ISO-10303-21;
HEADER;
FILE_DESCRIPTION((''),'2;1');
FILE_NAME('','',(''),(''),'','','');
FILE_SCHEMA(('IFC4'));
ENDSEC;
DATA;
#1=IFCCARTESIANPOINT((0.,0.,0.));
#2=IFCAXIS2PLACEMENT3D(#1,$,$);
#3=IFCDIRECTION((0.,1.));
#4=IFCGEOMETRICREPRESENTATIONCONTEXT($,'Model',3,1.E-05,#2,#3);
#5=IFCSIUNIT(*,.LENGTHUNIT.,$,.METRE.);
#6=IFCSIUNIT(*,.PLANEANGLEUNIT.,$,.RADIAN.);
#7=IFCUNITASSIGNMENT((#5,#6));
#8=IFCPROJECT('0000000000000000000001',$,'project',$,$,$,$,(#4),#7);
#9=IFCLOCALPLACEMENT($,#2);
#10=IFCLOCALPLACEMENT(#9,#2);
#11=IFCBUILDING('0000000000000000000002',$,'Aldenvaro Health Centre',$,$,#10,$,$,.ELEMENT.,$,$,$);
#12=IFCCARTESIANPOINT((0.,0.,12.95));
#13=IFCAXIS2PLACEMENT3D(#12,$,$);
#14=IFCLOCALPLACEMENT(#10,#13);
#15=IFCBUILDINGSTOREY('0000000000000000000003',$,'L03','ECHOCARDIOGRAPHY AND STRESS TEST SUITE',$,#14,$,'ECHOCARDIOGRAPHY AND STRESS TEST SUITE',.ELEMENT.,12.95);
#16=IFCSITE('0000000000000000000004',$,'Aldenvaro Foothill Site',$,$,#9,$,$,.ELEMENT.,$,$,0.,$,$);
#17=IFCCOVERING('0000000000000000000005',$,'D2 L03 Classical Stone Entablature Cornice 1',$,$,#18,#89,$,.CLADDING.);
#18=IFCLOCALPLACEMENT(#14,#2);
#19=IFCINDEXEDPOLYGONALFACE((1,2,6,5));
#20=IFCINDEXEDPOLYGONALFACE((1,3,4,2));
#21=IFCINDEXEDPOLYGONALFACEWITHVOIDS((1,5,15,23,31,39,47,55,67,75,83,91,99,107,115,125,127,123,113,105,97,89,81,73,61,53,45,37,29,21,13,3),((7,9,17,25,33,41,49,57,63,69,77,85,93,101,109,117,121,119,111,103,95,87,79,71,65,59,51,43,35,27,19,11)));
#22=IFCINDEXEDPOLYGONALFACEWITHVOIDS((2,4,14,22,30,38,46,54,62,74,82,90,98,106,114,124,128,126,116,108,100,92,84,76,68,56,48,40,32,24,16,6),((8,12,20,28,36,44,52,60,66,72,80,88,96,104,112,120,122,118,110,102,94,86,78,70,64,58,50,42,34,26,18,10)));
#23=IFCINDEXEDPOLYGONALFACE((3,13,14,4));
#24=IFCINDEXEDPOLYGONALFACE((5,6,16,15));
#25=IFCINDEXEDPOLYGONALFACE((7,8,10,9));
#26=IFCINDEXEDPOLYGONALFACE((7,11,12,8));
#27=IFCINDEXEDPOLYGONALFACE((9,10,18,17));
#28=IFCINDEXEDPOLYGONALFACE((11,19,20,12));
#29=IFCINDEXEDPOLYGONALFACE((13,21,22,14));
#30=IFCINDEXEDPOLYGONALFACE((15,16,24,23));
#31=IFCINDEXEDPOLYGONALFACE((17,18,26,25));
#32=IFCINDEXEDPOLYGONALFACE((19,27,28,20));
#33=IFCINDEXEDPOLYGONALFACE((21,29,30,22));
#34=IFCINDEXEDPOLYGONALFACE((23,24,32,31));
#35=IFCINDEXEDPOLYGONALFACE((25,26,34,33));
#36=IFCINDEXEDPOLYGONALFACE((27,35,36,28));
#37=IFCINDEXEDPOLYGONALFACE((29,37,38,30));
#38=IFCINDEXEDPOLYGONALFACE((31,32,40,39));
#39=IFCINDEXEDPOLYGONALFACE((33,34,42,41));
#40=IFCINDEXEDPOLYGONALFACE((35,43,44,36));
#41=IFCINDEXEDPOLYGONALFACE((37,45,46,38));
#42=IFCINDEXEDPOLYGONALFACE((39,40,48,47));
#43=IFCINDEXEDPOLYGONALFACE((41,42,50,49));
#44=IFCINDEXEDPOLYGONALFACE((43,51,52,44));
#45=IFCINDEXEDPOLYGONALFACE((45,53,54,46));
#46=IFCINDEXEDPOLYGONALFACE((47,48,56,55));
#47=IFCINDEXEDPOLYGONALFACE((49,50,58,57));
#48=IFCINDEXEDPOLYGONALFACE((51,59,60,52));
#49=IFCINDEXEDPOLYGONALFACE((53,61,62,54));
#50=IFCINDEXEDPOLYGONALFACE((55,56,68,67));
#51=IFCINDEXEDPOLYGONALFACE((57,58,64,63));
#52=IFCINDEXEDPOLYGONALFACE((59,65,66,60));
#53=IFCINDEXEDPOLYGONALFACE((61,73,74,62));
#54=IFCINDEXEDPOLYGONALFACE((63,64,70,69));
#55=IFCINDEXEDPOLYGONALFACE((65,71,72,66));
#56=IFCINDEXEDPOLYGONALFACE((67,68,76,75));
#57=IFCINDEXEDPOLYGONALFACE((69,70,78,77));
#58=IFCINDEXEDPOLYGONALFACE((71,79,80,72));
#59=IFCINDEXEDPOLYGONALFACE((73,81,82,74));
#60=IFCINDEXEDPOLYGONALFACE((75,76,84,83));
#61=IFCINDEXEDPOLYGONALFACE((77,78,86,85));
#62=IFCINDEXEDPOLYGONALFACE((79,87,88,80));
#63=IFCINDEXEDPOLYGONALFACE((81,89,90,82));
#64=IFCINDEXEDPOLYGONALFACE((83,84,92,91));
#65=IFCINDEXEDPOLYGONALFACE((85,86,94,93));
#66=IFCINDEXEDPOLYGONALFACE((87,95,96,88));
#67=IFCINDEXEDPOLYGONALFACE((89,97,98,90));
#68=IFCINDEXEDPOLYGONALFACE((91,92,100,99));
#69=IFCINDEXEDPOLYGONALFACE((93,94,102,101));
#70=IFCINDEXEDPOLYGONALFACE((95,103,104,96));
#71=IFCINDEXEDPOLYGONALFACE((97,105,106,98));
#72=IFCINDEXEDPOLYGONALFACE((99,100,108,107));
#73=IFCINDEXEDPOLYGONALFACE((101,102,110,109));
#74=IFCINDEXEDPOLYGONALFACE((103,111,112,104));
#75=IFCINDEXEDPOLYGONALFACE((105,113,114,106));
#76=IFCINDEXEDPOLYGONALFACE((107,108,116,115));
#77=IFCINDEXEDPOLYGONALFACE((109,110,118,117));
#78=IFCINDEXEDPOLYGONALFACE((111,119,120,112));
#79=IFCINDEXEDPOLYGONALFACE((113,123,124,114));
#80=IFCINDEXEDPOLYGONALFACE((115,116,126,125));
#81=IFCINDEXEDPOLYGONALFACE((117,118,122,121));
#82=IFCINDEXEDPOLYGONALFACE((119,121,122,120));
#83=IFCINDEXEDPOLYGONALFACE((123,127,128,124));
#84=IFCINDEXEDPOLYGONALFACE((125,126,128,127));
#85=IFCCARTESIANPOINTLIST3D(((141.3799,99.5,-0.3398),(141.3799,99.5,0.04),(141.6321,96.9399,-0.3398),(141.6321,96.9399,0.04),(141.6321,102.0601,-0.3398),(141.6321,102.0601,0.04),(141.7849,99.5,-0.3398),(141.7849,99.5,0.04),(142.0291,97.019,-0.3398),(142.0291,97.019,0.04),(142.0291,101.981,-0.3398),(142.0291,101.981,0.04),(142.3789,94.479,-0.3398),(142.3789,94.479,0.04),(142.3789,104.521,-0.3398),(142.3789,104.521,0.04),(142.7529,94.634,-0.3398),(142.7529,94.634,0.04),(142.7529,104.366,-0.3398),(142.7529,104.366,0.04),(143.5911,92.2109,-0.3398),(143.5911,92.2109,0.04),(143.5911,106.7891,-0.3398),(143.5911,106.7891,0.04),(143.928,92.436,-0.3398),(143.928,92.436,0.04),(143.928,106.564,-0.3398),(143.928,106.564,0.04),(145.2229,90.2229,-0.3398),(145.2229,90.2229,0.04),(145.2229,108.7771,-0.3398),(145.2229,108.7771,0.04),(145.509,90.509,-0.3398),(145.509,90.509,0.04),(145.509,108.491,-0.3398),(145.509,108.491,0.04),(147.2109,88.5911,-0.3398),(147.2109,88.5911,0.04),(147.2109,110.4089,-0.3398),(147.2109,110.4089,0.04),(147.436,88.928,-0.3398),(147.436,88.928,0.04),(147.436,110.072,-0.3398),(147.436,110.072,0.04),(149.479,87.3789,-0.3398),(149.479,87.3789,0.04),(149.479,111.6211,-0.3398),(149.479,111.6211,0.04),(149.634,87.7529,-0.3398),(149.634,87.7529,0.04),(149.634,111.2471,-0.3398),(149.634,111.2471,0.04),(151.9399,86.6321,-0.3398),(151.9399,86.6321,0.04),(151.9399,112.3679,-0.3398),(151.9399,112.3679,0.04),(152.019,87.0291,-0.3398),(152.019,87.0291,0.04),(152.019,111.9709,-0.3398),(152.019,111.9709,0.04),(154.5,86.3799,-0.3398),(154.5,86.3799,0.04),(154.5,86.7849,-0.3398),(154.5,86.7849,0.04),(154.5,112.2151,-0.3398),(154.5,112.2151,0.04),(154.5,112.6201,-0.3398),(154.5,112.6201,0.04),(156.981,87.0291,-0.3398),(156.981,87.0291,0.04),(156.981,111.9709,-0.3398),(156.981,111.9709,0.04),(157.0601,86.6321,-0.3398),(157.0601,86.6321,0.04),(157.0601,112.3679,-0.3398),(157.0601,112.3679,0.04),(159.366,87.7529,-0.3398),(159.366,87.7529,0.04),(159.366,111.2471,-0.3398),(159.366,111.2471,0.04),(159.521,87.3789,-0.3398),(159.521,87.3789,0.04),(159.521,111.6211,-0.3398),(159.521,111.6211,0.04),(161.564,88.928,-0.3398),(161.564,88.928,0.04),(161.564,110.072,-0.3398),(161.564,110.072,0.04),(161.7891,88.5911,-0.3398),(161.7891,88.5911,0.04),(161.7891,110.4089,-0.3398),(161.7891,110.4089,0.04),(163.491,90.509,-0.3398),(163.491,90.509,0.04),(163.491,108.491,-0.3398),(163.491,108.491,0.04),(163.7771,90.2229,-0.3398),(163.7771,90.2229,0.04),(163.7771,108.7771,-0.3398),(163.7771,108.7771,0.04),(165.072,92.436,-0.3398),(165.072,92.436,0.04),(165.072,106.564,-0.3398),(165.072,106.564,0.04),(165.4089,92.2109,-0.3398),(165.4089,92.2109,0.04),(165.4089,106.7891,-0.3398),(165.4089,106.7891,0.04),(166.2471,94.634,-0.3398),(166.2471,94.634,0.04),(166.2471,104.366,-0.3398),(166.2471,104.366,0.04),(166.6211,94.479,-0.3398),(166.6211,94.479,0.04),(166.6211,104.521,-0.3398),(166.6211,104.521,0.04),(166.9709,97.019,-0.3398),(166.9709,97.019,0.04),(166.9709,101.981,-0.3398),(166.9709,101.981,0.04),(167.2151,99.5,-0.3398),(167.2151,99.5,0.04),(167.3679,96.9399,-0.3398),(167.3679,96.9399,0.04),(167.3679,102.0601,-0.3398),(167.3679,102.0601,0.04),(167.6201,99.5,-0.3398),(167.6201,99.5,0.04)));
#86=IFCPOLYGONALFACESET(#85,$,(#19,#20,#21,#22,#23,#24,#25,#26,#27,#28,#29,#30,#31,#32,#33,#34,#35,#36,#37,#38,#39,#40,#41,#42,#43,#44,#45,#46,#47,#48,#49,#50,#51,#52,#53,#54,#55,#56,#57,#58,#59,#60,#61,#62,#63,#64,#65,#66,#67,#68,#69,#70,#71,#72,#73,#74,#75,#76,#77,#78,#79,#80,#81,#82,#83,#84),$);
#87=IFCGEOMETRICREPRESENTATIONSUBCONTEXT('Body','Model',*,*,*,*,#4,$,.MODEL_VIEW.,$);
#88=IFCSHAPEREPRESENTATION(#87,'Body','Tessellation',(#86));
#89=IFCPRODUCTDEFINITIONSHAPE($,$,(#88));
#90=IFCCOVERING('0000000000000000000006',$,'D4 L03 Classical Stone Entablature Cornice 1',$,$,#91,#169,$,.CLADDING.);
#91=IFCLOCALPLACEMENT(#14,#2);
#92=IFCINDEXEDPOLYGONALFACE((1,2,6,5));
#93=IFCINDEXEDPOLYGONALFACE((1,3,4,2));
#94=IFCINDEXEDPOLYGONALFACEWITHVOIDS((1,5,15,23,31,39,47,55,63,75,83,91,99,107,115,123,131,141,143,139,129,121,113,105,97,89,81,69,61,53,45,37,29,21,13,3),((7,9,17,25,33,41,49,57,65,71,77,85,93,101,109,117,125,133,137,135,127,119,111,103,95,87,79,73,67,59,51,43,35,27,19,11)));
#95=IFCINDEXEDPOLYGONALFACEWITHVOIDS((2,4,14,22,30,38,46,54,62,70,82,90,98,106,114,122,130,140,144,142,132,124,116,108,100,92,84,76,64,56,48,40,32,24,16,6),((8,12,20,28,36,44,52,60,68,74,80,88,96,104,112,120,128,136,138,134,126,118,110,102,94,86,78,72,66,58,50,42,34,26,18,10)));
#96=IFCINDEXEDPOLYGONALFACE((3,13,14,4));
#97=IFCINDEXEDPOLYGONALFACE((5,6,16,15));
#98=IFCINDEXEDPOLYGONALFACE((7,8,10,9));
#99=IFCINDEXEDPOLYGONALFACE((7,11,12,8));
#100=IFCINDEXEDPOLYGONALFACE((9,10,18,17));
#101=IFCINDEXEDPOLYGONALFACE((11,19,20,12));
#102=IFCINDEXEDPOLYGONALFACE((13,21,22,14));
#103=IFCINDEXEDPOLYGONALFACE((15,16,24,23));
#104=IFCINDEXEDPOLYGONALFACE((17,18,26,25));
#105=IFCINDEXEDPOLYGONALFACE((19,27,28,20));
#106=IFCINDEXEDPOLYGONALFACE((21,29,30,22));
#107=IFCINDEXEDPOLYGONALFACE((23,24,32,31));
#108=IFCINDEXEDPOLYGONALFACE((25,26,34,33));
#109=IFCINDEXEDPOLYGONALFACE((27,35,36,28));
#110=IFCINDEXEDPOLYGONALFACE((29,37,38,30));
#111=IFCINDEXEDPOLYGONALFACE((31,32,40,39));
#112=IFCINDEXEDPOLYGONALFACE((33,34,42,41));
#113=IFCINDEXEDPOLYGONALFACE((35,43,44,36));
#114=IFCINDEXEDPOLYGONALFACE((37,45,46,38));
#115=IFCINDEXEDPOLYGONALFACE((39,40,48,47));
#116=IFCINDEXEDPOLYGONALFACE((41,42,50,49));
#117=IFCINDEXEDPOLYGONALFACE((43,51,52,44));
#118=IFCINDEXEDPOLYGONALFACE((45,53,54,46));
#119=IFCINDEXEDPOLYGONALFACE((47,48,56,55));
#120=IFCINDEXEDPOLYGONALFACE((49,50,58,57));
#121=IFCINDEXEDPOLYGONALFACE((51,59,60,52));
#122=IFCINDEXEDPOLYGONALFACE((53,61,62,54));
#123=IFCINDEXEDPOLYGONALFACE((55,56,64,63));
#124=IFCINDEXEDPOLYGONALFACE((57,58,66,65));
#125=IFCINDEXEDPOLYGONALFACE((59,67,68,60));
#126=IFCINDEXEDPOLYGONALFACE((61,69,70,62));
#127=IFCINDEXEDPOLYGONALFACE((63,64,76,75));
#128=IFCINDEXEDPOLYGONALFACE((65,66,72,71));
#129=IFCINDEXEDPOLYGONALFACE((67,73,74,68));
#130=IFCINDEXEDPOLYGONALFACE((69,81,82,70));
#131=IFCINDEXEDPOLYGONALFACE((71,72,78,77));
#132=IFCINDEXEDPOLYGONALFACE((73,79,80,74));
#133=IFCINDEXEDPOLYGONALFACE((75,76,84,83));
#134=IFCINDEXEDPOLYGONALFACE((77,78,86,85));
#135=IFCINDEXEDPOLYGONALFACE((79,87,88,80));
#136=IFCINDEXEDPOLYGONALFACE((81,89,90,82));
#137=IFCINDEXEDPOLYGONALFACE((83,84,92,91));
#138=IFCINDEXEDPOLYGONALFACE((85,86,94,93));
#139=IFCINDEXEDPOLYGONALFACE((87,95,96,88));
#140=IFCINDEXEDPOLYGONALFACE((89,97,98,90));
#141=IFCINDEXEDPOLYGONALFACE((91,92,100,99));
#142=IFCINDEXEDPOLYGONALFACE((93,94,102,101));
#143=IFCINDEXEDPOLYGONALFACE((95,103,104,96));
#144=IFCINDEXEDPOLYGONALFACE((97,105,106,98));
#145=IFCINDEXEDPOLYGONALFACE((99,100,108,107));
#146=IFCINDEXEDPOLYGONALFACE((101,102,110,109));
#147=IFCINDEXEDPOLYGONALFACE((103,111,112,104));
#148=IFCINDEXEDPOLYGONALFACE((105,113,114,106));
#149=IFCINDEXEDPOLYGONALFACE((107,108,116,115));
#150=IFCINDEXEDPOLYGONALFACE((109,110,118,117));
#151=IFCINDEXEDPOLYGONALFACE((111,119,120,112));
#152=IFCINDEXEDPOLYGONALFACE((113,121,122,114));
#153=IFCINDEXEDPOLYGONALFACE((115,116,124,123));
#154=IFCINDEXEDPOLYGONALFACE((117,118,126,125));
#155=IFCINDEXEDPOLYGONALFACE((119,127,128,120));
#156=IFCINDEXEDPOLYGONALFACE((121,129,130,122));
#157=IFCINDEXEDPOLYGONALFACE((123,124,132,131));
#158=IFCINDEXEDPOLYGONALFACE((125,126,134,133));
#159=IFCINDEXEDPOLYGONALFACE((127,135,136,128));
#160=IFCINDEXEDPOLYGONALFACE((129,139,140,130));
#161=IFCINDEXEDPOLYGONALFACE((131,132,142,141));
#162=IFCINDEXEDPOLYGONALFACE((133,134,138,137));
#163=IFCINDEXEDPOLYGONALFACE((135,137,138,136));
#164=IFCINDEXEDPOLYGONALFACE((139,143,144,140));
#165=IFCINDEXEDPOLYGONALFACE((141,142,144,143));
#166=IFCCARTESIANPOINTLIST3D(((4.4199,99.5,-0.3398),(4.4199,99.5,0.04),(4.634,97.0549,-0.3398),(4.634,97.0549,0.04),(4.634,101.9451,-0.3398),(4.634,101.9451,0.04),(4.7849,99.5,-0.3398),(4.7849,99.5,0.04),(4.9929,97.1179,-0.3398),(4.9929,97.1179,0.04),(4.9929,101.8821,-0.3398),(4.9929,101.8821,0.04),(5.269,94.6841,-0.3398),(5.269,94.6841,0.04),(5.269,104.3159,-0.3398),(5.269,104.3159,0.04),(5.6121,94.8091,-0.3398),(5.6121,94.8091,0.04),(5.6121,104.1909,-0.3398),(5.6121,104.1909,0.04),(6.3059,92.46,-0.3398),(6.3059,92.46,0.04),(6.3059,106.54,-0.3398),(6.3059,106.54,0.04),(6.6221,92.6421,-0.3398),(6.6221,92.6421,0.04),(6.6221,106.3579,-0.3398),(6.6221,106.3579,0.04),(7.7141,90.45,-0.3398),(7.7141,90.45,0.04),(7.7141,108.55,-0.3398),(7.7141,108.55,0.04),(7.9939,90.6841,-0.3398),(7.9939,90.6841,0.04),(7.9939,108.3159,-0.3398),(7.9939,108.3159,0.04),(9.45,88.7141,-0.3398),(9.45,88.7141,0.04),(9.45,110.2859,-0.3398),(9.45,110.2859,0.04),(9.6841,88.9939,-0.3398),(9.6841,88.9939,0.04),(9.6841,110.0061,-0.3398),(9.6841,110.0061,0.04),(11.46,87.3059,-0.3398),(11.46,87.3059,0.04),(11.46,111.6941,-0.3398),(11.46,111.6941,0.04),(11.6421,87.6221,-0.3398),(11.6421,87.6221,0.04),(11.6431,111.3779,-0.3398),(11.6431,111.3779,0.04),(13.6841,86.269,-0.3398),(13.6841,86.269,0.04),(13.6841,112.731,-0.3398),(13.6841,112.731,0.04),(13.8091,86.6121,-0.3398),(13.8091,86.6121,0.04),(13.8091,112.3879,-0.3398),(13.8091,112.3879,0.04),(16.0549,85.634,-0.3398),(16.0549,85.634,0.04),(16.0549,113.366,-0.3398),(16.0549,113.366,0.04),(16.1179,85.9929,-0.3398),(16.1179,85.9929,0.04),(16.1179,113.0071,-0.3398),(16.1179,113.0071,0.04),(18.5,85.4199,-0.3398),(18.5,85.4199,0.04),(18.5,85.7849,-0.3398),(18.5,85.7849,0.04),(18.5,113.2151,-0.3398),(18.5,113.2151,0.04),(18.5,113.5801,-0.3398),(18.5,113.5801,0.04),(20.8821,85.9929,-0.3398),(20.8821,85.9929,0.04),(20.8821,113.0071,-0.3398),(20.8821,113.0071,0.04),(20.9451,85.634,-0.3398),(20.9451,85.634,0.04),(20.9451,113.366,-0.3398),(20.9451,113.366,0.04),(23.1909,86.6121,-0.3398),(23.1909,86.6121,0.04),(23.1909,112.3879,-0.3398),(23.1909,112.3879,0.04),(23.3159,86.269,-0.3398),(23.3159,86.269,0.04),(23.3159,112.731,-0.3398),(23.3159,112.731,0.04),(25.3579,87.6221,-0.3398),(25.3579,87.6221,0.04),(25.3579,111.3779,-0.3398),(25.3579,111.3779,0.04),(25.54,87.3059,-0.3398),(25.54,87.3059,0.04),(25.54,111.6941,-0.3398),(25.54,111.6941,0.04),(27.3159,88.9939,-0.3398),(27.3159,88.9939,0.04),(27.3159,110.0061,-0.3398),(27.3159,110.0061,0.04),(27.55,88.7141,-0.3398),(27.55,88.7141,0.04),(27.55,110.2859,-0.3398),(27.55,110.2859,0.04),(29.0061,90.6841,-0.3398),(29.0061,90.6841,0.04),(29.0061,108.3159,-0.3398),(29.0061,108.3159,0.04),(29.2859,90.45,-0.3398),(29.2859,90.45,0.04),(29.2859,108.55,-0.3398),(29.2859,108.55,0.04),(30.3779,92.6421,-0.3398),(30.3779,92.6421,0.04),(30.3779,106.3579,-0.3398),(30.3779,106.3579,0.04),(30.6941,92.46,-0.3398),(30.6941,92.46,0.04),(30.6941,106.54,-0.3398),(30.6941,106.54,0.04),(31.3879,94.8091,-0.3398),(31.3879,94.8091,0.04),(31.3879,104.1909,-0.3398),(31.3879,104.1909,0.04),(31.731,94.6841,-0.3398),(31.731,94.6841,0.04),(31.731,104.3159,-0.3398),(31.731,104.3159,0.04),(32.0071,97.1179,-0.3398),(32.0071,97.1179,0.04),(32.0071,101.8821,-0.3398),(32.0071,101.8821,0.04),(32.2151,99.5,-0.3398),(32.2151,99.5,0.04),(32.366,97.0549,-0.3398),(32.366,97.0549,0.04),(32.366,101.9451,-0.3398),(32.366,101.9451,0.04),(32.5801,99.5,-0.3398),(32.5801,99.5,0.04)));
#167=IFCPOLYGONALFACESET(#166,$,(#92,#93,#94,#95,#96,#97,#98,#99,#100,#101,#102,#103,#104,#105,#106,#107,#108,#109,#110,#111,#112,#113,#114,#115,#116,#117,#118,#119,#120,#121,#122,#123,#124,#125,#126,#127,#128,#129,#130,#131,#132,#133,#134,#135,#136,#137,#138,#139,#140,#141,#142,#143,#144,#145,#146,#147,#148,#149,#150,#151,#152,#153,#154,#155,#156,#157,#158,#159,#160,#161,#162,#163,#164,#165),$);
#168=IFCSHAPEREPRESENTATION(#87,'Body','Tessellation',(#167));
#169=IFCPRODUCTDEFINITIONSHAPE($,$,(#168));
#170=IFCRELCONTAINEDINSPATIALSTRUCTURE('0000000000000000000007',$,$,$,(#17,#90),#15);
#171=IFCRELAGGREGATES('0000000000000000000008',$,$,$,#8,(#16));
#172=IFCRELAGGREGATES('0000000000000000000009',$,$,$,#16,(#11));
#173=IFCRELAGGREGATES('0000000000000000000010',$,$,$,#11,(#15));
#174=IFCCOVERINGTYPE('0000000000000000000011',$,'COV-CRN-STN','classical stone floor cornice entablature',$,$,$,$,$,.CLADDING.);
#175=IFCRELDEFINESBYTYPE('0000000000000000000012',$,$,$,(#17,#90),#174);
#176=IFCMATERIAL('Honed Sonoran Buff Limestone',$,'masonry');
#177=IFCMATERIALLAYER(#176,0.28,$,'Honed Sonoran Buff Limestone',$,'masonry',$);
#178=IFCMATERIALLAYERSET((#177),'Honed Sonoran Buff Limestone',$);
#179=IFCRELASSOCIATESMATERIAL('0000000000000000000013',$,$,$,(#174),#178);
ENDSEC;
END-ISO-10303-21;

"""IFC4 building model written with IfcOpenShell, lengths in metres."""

from ifc_helpers import new_model, si_unit, direction, frame, origin, place, context, subcontext, project, spatial, polyline, outline, extrude, material, layer, layer_set, type_object, element, save


model = new_model("IFC4")

# Units and contexts
model_context = context("Model", 3, precision=1e-05, world=origin(), true_north=direction((0.0, 1.0)))
body_context = subcontext(model_context, "Body", "Model", "MODEL_VIEW")
ifc_project = project(units=[si_unit("LENGTHUNIT", "METRE"), si_unit("PLANEANGLEUNIT", "RADIAN")], contexts=[model_context])

# Site, building, storey
site_placement = place(None, origin())
site = spatial("IfcSite", under=ifc_project, at=site_placement, Name="Aldenvaro Foothill Site", CompositionType="ELEMENT", RefElevation=0.0)
building_placement = place(site_placement, origin())
building = spatial("IfcBuilding", under=site, at=building_placement, Name="Aldenvaro Health Centre", CompositionType="ELEMENT")
storey_placement = place(building_placement, frame((0.0, 0.0, 12.95)))
storey = spatial("IfcBuildingStorey", under=building, at=storey_placement, Name="L03", Description="ECHOCARDIOGRAPHY AND STRESS TEST SUITE", LongName="ECHOCARDIOGRAPHY AND STRESS TEST SUITE", CompositionType="ELEMENT", Elevation=12.95)

# Coverings
ifc_material_1 = material(Name="Honed Sonoran Buff Limestone", Category="masonry")
ifc_layer_1 = layer(ifc_material_1, 0.28, Name="Honed Sonoran Buff Limestone", Category="masonry")
ifc_layer_set_1 = layer_set([ifc_layer_1], Name="Honed Sonoran Buff Limestone")
covering_type_1 = type_object("IfcCoveringType", Name="COV-CRN-STN", Description="classical stone floor cornice entablature", PredefinedType="CLADDING", material=ifc_layer_set_1)
covering_1_placement = place(storey_placement, frame((0.0, 0.0, -0.3398)))
element("IfcCovering", 1, at=covering_1_placement, inside=storey, type_object=covering_type_1, Name="D2 L03 Classical Stone Entablature Cornice 1", PredefinedType="CLADDING", context=body_context, shape_type="SweptSolid", body=[
    extrude(outline(polyline([(167.6201, 99.5), (167.3679, 102.0601), (166.6211, 104.521), (165.4089, 106.7891), (163.7771, 108.7771), (161.7891, 110.4089), (159.521, 111.6211), (157.0601, 112.3679), (154.5, 112.6201), (151.9399, 112.3679), (149.479, 111.6211), (147.2109, 110.4089), (145.2229, 108.7771), (143.5911, 106.7891), (142.3789, 104.521), (141.6321, 102.0601), (141.3799, 99.5), (141.6321, 96.9399), (142.3789, 94.479), (143.5911, 92.2109), (145.2229, 90.2229), (147.2109, 88.5911), (149.479, 87.3789), (151.9399, 86.6321), (154.5, 86.3799), (157.0601, 86.6321), (159.521, 87.3789), (161.7891, 88.5911), (163.7771, 90.2229), (165.4089, 92.2109), (166.6211, 94.479), (167.3679, 96.9399), (167.6201, 99.5)]), holes=[polyline([(167.2151, 99.5), (166.9709, 97.019), (166.2471, 94.634), (165.072, 92.436), (163.491, 90.509), (161.564, 88.928), (159.366, 87.7529), (156.981, 87.0291), (154.5, 86.7849), (152.019, 87.0291), (149.634, 87.7529), (147.436, 88.928), (145.509, 90.509), (143.928, 92.436), (142.7529, 94.634), (142.0291, 97.019), (141.7849, 99.5), (142.0291, 101.981), (142.7529, 104.366), (143.928, 106.564), (145.509, 108.491), (147.436, 110.072), (149.634, 111.2471), (152.019, 111.9709), (154.5, 112.2151), (156.981, 111.9709), (159.366, 111.2471), (161.564, 110.072), (163.491, 108.491), (165.072, 106.564), (166.2471, 104.366), (166.9709, 101.981), (167.2151, 99.5)])]), origin(), (0.0, 0.0, 1.0), 0.3799),
])
covering_2_placement = place(storey_placement, frame((0.0, 0.0, -0.3398)))
element("IfcCovering", 2, at=covering_2_placement, inside=storey, type_object=covering_type_1, Name="D4 L03 Classical Stone Entablature Cornice 1", PredefinedType="CLADDING", context=body_context, shape_type="SweptSolid", body=[
    extrude(outline(polyline([(32.5801, 99.5), (32.366, 101.9451), (31.731, 104.3159), (30.6941, 106.54), (29.2859, 108.55), (27.55, 110.2859), (25.54, 111.6941), (23.3159, 112.731), (20.9451, 113.366), (18.5, 113.5801), (16.0549, 113.366), (13.6841, 112.731), (11.46, 111.6941), (9.45, 110.2859), (7.7141, 108.55), (6.3059, 106.54), (5.269, 104.3159), (4.634, 101.9451), (4.4199, 99.5), (4.634, 97.0549), (5.269, 94.6841), (6.3059, 92.46), (7.7141, 90.45), (9.45, 88.7141), (11.46, 87.3059), (13.6841, 86.269), (16.0549, 85.634), (18.5, 85.4199), (20.9451, 85.634), (23.3159, 86.269), (25.54, 87.3059), (27.55, 88.7141), (29.2859, 90.45), (30.6941, 92.46), (31.731, 94.6841), (32.366, 97.0549), (32.5801, 99.5)]), holes=[polyline([(32.2151, 99.5), (32.0071, 97.1179), (31.3879, 94.8091), (30.3779, 92.6421), (29.0061, 90.6841), (27.3159, 88.9939), (25.3579, 87.6221), (23.1909, 86.6121), (20.8821, 85.9929), (18.5, 85.7849), (16.1179, 85.9929), (13.8091, 86.6121), (11.6421, 87.6221), (9.6841, 88.9939), (7.9939, 90.6841), (6.6221, 92.6421), (5.6121, 94.8091), (4.9929, 97.1179), (4.7849, 99.5), (4.9929, 101.8821), (5.6121, 104.1909), (6.6221, 106.3579), (7.9939, 108.3159), (9.6841, 110.0061), (11.6431, 111.3779), (13.8091, 112.3879), (16.1179, 113.0071), (18.5, 113.2151), (20.8821, 113.0071), (23.1909, 112.3879), (25.3579, 111.3779), (27.3159, 110.0061), (29.0061, 108.3159), (30.3779, 106.3579), (31.3879, 104.1909), (32.0071, 101.8821), (32.2151, 99.5)])]), origin(), (0.0, 0.0, 1.0), 0.3799),
])

save(model, "model.ifc")
